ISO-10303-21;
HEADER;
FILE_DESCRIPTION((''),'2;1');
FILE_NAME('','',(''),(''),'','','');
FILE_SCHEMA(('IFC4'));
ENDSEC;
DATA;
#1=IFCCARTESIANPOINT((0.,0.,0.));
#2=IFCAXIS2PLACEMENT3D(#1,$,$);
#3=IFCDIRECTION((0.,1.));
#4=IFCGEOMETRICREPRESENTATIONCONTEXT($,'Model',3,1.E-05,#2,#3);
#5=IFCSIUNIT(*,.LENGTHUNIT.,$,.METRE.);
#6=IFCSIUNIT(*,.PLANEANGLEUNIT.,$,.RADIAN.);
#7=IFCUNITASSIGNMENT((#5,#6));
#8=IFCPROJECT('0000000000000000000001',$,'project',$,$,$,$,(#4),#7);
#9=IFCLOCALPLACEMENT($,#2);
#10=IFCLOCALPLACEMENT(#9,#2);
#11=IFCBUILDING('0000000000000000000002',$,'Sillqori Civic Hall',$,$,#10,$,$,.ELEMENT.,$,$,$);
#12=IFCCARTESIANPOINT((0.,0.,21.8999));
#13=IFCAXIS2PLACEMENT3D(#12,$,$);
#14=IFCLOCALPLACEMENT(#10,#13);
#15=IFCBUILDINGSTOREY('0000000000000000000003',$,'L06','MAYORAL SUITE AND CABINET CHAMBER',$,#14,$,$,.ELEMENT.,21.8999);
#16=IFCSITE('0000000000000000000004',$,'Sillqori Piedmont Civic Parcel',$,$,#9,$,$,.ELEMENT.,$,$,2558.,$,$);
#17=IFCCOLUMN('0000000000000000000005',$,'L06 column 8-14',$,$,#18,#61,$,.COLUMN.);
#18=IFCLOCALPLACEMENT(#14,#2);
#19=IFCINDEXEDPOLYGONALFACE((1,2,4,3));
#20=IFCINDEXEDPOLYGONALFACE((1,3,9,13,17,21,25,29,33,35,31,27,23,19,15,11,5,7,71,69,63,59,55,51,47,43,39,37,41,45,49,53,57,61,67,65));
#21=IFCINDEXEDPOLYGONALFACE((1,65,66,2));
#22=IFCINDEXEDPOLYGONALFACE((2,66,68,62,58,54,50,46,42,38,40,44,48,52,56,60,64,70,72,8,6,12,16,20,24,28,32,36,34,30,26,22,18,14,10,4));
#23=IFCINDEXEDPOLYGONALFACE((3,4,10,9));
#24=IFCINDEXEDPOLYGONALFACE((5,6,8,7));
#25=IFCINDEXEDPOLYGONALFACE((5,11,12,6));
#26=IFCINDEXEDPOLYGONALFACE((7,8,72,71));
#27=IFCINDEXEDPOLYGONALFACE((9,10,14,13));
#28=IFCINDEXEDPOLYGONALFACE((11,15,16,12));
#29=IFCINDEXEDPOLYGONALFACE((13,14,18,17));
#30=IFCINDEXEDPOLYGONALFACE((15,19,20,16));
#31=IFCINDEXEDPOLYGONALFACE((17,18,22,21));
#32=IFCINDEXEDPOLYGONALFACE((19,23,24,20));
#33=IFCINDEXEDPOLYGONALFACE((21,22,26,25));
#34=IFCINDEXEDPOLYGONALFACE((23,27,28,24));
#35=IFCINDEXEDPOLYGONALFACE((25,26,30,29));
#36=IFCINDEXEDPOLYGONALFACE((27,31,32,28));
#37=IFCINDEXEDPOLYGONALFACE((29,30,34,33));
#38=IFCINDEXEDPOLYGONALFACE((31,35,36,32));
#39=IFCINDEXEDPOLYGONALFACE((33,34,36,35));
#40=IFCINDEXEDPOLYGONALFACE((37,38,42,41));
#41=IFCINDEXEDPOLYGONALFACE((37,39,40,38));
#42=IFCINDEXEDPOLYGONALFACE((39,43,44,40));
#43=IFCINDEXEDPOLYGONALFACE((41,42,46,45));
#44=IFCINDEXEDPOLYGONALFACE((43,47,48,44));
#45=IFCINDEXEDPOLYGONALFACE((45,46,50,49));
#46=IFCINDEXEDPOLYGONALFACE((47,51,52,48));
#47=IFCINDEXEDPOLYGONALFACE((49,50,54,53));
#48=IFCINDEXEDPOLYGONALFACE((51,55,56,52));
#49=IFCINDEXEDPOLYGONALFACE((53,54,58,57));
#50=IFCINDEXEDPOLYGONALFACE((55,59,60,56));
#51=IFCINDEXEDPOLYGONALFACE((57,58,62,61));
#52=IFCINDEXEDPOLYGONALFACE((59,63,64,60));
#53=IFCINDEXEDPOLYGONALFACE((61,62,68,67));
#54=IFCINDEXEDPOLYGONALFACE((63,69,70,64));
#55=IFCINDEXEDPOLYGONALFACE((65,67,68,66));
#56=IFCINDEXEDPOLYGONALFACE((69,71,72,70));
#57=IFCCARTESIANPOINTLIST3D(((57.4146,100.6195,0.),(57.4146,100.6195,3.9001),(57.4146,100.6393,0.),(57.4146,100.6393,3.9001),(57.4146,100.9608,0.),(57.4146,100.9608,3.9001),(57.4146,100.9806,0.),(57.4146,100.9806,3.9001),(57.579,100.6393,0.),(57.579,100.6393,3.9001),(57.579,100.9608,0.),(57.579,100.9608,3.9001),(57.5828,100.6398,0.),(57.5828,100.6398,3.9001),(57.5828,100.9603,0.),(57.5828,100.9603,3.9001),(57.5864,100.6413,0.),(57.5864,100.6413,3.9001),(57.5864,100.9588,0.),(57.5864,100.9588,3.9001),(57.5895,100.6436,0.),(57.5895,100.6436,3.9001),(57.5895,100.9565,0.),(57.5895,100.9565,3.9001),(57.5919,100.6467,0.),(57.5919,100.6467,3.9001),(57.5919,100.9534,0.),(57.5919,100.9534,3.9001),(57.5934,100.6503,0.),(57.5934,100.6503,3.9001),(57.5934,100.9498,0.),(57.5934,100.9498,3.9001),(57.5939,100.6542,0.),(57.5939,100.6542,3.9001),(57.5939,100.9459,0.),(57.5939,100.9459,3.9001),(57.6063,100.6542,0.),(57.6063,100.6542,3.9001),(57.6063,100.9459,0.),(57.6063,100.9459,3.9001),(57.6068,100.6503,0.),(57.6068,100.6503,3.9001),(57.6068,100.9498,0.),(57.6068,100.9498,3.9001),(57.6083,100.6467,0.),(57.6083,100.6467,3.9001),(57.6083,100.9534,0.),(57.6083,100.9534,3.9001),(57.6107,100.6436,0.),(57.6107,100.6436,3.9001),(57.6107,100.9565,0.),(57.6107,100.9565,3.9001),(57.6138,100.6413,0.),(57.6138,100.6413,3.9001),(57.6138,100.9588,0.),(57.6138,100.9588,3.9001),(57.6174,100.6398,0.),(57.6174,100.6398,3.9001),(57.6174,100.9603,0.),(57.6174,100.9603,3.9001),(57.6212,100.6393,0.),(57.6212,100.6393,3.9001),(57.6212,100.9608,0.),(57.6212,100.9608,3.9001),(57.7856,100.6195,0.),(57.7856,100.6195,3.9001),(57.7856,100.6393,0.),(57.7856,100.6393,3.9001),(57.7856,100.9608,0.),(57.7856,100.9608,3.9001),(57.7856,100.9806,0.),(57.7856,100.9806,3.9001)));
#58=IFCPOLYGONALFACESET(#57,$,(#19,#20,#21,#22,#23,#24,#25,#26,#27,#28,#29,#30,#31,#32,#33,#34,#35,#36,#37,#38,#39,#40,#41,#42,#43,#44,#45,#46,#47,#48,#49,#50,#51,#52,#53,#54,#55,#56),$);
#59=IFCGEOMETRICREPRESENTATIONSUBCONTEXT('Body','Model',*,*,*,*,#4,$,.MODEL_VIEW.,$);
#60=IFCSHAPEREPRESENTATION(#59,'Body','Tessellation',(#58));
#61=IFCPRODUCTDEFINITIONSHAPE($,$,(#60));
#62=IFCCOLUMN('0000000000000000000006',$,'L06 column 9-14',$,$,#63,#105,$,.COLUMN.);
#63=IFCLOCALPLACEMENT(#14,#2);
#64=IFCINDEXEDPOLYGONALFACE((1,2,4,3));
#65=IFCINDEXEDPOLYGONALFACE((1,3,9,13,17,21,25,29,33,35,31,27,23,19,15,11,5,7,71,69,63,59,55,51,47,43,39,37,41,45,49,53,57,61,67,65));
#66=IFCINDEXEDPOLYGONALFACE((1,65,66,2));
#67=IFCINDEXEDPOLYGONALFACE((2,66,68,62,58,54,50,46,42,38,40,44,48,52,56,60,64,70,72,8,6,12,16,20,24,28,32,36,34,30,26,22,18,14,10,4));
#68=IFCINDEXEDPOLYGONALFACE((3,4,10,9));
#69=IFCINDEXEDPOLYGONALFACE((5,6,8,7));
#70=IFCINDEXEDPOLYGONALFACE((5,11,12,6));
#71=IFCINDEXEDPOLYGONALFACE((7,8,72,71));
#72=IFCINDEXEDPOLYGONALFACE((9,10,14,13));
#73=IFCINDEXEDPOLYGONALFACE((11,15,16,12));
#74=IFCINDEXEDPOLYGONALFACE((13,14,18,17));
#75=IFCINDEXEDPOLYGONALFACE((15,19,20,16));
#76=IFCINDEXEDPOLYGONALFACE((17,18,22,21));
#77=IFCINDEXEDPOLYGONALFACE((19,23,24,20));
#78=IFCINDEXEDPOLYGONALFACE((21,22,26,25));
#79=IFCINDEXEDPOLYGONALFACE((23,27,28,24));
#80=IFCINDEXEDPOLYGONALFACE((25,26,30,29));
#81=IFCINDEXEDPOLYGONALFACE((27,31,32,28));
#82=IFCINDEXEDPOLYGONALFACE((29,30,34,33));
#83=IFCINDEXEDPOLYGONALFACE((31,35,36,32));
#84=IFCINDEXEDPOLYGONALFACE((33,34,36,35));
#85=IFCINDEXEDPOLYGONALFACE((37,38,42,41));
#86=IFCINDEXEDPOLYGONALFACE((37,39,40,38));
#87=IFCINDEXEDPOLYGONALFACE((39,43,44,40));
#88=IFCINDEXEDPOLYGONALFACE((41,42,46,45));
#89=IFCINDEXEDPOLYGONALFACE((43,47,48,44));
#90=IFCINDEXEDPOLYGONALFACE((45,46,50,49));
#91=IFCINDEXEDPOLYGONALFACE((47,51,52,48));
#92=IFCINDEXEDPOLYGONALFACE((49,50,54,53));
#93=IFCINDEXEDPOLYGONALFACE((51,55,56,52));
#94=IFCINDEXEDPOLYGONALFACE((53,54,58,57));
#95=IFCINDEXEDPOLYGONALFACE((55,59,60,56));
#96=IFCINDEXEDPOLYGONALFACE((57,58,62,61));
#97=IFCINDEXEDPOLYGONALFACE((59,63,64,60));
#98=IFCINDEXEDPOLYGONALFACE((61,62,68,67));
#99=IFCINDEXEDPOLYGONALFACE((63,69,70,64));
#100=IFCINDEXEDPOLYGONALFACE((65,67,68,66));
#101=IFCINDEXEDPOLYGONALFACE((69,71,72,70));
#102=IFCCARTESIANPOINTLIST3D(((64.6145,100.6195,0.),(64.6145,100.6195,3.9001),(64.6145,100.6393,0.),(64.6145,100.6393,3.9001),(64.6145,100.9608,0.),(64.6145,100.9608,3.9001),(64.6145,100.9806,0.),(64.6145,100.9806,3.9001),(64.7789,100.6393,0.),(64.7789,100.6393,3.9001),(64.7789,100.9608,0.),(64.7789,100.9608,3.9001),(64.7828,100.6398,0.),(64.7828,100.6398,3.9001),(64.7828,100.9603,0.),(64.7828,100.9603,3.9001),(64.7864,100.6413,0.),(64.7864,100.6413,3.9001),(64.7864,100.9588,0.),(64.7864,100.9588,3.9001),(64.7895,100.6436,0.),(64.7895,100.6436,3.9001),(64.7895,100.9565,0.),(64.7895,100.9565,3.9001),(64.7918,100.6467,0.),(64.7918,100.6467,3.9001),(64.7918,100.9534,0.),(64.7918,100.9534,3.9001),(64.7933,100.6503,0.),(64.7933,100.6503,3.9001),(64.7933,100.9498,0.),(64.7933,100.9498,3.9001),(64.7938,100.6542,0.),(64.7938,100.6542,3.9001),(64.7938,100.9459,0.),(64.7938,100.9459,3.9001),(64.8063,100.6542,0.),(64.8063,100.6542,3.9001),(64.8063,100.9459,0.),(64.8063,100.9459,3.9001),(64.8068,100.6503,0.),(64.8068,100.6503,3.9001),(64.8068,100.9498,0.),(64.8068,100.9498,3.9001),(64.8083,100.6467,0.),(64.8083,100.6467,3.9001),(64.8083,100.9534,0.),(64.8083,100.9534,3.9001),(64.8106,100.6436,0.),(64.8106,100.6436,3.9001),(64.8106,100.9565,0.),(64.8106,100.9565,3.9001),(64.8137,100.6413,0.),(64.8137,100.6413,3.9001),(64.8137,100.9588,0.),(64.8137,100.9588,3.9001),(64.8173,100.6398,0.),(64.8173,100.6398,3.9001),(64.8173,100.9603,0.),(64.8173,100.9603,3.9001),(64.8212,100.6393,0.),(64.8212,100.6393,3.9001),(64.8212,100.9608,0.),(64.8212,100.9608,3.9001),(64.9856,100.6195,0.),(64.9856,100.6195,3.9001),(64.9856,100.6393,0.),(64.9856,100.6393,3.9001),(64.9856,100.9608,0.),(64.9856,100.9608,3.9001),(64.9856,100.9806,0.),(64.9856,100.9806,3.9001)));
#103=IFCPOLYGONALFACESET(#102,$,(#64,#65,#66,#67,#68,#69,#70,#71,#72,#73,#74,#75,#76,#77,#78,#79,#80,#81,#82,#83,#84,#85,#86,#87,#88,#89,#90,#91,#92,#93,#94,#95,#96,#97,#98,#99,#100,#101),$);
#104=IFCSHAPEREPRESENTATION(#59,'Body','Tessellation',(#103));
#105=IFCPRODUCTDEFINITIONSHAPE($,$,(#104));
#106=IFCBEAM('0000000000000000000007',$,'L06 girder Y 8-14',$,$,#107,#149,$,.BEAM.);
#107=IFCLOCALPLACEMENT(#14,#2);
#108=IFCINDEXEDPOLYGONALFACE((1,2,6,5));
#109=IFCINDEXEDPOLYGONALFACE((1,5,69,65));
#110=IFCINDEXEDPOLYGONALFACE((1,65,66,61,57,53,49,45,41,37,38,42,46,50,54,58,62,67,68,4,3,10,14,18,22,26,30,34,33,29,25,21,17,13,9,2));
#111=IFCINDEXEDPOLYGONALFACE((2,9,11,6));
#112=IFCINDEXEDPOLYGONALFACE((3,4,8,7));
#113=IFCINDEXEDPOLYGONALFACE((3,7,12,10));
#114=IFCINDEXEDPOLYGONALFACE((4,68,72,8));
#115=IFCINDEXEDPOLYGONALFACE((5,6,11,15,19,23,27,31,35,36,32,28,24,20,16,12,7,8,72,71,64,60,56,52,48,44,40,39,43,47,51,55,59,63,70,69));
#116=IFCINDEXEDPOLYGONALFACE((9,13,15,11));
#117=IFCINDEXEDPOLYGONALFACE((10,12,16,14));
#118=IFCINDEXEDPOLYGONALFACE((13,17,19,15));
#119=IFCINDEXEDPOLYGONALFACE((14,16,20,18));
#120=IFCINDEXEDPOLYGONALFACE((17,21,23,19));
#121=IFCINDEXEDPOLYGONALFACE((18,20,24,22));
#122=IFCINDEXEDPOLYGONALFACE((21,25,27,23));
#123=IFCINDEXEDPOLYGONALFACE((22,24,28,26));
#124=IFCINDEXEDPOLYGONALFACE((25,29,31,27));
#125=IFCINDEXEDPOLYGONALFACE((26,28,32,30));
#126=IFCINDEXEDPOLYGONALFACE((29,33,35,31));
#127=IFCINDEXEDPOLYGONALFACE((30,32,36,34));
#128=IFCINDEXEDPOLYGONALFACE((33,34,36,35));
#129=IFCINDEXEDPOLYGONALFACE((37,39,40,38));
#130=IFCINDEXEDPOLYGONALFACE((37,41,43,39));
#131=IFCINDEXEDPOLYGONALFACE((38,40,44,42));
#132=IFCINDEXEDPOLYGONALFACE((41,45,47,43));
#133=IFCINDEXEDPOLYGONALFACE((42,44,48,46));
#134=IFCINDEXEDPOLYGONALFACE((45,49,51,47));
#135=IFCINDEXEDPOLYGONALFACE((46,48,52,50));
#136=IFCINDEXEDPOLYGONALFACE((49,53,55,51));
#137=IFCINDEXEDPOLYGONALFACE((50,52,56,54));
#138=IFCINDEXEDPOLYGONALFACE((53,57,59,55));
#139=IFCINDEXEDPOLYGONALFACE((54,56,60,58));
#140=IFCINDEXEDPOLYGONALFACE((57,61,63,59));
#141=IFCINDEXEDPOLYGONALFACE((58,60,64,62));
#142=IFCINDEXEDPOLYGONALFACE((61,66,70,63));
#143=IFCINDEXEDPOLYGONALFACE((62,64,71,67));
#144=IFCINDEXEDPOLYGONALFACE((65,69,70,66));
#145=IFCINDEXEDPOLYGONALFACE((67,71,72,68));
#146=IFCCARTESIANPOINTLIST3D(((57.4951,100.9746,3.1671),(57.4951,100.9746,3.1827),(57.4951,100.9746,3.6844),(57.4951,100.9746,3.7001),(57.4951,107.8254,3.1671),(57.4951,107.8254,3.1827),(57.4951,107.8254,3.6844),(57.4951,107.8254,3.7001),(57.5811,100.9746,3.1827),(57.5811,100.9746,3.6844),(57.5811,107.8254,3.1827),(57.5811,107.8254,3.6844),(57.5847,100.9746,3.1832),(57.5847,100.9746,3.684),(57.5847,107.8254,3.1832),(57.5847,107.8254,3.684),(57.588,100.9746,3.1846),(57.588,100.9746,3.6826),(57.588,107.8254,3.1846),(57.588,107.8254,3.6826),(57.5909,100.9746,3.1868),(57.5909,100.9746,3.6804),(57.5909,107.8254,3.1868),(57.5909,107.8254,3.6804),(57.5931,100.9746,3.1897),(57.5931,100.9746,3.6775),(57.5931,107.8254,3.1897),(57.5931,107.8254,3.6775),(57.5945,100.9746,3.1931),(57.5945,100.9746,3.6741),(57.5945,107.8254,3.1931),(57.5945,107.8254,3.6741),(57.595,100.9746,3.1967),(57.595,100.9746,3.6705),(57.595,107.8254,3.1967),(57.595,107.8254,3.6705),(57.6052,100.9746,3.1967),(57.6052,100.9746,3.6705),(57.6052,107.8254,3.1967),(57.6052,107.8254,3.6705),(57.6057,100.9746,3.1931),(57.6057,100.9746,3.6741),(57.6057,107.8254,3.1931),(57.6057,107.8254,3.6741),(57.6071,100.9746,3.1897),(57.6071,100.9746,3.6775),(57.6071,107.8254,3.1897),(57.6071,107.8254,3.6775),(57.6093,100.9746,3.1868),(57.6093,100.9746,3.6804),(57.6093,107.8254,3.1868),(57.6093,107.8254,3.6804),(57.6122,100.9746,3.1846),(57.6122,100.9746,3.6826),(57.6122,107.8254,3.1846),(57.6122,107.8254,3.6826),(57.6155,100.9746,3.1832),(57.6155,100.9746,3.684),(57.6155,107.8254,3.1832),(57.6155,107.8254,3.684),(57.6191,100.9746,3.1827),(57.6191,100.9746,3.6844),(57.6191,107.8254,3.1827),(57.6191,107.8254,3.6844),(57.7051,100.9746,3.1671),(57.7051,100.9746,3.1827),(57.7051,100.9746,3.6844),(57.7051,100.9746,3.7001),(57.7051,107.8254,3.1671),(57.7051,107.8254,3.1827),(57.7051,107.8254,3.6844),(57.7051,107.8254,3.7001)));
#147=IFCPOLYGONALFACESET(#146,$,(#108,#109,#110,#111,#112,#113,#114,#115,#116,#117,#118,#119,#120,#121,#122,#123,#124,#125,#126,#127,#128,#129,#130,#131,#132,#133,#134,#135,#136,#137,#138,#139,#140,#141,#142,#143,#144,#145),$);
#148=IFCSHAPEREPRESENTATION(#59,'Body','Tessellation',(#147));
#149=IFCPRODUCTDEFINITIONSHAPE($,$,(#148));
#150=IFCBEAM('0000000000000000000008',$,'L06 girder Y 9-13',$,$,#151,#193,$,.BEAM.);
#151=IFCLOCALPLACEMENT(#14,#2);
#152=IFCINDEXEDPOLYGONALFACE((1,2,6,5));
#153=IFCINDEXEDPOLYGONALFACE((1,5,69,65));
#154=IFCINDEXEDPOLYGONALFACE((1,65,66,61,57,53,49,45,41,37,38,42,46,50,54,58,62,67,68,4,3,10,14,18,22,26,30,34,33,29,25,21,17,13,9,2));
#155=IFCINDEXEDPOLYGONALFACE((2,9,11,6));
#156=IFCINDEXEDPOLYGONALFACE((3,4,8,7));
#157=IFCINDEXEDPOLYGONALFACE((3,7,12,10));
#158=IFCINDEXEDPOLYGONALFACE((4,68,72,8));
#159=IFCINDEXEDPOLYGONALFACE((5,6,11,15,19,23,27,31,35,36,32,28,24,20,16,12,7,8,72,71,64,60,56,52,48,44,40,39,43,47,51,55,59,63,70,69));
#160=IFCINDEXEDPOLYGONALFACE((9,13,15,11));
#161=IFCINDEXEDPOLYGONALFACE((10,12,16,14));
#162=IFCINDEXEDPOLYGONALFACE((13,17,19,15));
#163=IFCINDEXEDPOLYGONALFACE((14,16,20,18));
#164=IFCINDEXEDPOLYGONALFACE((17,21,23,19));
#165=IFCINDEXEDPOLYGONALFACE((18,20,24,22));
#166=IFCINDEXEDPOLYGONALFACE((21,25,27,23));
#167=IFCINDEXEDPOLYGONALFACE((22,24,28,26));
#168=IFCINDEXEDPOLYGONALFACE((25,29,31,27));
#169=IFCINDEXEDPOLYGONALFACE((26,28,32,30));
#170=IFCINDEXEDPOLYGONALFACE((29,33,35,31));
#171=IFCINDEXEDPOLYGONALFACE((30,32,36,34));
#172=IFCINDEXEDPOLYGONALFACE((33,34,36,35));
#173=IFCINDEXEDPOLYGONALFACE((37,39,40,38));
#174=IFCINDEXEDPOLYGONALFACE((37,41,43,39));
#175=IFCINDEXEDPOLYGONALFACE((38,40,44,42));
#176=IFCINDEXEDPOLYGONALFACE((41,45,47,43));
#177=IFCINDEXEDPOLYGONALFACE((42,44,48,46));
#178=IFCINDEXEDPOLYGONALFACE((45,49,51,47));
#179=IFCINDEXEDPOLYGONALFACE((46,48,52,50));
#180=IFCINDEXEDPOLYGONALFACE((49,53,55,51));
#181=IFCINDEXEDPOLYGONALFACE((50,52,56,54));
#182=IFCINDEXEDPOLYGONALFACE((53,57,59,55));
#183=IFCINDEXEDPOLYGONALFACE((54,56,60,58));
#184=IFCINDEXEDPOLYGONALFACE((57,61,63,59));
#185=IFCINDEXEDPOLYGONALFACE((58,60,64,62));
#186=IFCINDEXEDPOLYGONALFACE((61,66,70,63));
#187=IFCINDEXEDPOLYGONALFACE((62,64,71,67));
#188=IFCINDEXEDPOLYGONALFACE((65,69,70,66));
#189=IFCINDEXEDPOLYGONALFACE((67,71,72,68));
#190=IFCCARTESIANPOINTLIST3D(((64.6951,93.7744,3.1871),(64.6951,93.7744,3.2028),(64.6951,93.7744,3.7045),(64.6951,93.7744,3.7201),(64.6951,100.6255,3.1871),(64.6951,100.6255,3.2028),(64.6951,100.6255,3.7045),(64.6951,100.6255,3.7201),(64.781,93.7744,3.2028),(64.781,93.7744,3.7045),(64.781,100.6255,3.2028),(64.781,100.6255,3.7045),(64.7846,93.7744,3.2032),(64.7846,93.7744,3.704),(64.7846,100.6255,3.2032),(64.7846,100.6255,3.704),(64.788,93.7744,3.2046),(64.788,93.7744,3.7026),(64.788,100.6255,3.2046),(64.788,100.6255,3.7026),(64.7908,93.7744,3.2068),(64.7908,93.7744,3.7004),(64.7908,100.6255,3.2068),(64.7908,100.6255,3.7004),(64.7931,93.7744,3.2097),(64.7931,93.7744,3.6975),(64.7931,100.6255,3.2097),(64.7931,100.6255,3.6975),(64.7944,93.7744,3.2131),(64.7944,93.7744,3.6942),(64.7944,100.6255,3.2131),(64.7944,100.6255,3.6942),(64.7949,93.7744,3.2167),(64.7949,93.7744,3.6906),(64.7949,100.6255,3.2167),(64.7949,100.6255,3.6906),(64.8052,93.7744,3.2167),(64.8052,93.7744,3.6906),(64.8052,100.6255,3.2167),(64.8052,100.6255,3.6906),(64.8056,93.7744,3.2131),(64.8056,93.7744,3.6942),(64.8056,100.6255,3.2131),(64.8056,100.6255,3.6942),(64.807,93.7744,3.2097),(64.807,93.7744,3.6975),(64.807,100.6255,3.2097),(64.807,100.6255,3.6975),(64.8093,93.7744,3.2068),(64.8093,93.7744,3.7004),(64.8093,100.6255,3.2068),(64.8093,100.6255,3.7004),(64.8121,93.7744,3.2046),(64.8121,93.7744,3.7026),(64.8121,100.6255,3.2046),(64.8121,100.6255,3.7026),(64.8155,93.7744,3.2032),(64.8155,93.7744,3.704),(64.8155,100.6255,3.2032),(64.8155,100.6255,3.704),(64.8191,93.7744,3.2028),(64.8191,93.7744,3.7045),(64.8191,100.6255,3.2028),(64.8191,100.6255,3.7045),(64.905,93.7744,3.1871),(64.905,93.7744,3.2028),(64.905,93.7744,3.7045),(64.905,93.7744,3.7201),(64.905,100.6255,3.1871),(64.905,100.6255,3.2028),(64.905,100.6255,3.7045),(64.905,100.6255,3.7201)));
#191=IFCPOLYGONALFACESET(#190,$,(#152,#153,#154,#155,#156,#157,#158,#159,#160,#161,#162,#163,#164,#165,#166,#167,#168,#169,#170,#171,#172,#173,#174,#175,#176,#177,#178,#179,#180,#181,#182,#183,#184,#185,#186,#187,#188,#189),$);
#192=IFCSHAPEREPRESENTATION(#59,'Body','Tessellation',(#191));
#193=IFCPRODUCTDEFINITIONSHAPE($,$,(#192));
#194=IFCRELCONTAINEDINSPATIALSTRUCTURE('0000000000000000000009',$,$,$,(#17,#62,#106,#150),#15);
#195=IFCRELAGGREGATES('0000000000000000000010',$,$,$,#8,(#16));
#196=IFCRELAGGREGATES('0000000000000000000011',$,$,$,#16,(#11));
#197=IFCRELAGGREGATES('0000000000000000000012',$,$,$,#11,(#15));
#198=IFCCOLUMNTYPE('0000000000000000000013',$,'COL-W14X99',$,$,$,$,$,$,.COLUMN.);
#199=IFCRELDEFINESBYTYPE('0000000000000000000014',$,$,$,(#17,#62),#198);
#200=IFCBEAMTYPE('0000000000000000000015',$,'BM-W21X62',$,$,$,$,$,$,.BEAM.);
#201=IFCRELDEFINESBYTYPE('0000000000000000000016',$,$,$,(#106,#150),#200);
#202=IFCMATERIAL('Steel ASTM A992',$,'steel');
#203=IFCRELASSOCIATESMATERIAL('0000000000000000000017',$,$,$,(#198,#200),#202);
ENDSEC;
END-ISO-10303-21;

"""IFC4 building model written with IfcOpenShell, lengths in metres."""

from ifc_helpers import new_model, si_unit, direction, frame, origin, origin_2d, place, context, subcontext, project, spatial, i_section, extrude, material, material_profile, profile_set, type_object, element, save


model = new_model("IFC4")

# Units and contexts
model_context = context("Model", 3, precision=1e-05, world=origin(), true_north=direction((0.0, 1.0)))
body_context = subcontext(model_context, "Body", "Model", "MODEL_VIEW")
ifc_project = project(units=[si_unit("LENGTHUNIT", "METRE"), si_unit("PLANEANGLEUNIT", "RADIAN")], contexts=[model_context])

# Site, building, storey
site_placement = place(None, origin())
site = spatial("IfcSite", under=ifc_project, at=site_placement, Name="Sillqori Piedmont Civic Parcel", CompositionType="ELEMENT", RefElevation=2558.0)
building_placement = place(site_placement, origin())
building = spatial("IfcBuilding", under=site, at=building_placement, Name="Sillqori Civic Hall", CompositionType="ELEMENT")
storey_placement = place(building_placement, frame((0.0, 0.0, 21.8999)))
storey = spatial("IfcBuildingStorey", under=building, at=storey_placement, Name="L06", Description="MAYORAL SUITE AND CABINET CHAMBER", CompositionType="ELEMENT", Elevation=21.8999)

# Columns
ifc_material_1 = material(Name="Steel ASTM A992", Category="steel")
ifc_material_profile_1 = material_profile(ifc_material_1, i_section(OverallWidth=0.3711, OverallDepth=0.3611, WebThickness=0.0125, FlangeThickness=0.0198, FilletRadius=0.0149, at=origin_2d()), Name="W14X99")
ifc_profile_set_1 = profile_set([ifc_material_profile_1], Name="Steel ASTM A992")
column_type = type_object("IfcColumnType", Name="COL-W14X99", PredefinedType="COLUMN", material=ifc_profile_set_1)
for number, where, z_axis, x_axis, name in (
    (1, (57.6001, 100.8, 0.0), (0.0, 0.0, 1.0), (1.0, 0.0, 0.0), "L06 column 8-14"),
    (2, (64.8, 100.8, 0.0), (0.0, 0.0, 1.0), (1.0, 0.0, 0.0), "L06 column 9-14"),
):
    element("IfcColumn", number, at=place(storey_placement, frame(where, z_axis=z_axis, x_axis=x_axis)), inside=storey, type_object=column_type, Name=name, PredefinedType="COLUMN", context=body_context, shape_type="SweptSolid", body=[
        extrude(i_section(OverallWidth=0.3711, OverallDepth=0.3611, WebThickness=0.0125, FlangeThickness=0.0198, FilletRadius=0.0149, at=origin_2d()), origin(), (0.0, 0.0, 1.0), 3.9001),
    ])

# Beams
ifc_material_profile_2 = material_profile(ifc_material_1, i_section(OverallWidth=0.21, OverallDepth=0.533, WebThickness=0.0103, FlangeThickness=0.0156, FilletRadius=0.0139, at=origin_2d()), Name="W21X62")
ifc_profile_set_2 = profile_set([ifc_material_profile_2], Name="Steel ASTM A992")
beam_type_1 = type_object("IfcBeamType", Name="BM-W21X62", PredefinedType="BEAM", material=ifc_profile_set_2)
beam_1_placement = place(storey_placement, frame((57.6001, 100.9746, 3.4336), z_axis=(0.0, 1.0, 0.0), x_axis=(-1.0, 0.0, 0.0)))
element("IfcBeam", 3, at=beam_1_placement, inside=storey, type_object=beam_type_1, Name="L06 girder Y 8-14", PredefinedType="BEAM", context=body_context, shape_type="SweptSolid", body=[
    extrude(i_section(OverallWidth=0.21, OverallDepth=0.533, WebThickness=0.0103, FlangeThickness=0.0156, FilletRadius=0.0139, at=origin_2d()), origin(), (0.0, 0.0, 1.0), 6.8508),
])
beam_2_placement = place(storey_placement, frame((64.8, 93.7744, 3.4536), z_axis=(0.0, 1.0, 0.0), x_axis=(-1.0, 0.0, 0.0)))
element("IfcBeam", 4, at=beam_2_placement, inside=storey, type_object=beam_type_1, Name="L06 girder Y 9-13", PredefinedType="BEAM", context=body_context, shape_type="SweptSolid", body=[
    extrude(i_section(OverallWidth=0.21, OverallDepth=0.533, WebThickness=0.0103, FlangeThickness=0.0156, FilletRadius=0.0139, at=origin_2d()), origin(), (0.0, 0.0, 1.0), 6.8511),
])

save(model, "model.ifc")
